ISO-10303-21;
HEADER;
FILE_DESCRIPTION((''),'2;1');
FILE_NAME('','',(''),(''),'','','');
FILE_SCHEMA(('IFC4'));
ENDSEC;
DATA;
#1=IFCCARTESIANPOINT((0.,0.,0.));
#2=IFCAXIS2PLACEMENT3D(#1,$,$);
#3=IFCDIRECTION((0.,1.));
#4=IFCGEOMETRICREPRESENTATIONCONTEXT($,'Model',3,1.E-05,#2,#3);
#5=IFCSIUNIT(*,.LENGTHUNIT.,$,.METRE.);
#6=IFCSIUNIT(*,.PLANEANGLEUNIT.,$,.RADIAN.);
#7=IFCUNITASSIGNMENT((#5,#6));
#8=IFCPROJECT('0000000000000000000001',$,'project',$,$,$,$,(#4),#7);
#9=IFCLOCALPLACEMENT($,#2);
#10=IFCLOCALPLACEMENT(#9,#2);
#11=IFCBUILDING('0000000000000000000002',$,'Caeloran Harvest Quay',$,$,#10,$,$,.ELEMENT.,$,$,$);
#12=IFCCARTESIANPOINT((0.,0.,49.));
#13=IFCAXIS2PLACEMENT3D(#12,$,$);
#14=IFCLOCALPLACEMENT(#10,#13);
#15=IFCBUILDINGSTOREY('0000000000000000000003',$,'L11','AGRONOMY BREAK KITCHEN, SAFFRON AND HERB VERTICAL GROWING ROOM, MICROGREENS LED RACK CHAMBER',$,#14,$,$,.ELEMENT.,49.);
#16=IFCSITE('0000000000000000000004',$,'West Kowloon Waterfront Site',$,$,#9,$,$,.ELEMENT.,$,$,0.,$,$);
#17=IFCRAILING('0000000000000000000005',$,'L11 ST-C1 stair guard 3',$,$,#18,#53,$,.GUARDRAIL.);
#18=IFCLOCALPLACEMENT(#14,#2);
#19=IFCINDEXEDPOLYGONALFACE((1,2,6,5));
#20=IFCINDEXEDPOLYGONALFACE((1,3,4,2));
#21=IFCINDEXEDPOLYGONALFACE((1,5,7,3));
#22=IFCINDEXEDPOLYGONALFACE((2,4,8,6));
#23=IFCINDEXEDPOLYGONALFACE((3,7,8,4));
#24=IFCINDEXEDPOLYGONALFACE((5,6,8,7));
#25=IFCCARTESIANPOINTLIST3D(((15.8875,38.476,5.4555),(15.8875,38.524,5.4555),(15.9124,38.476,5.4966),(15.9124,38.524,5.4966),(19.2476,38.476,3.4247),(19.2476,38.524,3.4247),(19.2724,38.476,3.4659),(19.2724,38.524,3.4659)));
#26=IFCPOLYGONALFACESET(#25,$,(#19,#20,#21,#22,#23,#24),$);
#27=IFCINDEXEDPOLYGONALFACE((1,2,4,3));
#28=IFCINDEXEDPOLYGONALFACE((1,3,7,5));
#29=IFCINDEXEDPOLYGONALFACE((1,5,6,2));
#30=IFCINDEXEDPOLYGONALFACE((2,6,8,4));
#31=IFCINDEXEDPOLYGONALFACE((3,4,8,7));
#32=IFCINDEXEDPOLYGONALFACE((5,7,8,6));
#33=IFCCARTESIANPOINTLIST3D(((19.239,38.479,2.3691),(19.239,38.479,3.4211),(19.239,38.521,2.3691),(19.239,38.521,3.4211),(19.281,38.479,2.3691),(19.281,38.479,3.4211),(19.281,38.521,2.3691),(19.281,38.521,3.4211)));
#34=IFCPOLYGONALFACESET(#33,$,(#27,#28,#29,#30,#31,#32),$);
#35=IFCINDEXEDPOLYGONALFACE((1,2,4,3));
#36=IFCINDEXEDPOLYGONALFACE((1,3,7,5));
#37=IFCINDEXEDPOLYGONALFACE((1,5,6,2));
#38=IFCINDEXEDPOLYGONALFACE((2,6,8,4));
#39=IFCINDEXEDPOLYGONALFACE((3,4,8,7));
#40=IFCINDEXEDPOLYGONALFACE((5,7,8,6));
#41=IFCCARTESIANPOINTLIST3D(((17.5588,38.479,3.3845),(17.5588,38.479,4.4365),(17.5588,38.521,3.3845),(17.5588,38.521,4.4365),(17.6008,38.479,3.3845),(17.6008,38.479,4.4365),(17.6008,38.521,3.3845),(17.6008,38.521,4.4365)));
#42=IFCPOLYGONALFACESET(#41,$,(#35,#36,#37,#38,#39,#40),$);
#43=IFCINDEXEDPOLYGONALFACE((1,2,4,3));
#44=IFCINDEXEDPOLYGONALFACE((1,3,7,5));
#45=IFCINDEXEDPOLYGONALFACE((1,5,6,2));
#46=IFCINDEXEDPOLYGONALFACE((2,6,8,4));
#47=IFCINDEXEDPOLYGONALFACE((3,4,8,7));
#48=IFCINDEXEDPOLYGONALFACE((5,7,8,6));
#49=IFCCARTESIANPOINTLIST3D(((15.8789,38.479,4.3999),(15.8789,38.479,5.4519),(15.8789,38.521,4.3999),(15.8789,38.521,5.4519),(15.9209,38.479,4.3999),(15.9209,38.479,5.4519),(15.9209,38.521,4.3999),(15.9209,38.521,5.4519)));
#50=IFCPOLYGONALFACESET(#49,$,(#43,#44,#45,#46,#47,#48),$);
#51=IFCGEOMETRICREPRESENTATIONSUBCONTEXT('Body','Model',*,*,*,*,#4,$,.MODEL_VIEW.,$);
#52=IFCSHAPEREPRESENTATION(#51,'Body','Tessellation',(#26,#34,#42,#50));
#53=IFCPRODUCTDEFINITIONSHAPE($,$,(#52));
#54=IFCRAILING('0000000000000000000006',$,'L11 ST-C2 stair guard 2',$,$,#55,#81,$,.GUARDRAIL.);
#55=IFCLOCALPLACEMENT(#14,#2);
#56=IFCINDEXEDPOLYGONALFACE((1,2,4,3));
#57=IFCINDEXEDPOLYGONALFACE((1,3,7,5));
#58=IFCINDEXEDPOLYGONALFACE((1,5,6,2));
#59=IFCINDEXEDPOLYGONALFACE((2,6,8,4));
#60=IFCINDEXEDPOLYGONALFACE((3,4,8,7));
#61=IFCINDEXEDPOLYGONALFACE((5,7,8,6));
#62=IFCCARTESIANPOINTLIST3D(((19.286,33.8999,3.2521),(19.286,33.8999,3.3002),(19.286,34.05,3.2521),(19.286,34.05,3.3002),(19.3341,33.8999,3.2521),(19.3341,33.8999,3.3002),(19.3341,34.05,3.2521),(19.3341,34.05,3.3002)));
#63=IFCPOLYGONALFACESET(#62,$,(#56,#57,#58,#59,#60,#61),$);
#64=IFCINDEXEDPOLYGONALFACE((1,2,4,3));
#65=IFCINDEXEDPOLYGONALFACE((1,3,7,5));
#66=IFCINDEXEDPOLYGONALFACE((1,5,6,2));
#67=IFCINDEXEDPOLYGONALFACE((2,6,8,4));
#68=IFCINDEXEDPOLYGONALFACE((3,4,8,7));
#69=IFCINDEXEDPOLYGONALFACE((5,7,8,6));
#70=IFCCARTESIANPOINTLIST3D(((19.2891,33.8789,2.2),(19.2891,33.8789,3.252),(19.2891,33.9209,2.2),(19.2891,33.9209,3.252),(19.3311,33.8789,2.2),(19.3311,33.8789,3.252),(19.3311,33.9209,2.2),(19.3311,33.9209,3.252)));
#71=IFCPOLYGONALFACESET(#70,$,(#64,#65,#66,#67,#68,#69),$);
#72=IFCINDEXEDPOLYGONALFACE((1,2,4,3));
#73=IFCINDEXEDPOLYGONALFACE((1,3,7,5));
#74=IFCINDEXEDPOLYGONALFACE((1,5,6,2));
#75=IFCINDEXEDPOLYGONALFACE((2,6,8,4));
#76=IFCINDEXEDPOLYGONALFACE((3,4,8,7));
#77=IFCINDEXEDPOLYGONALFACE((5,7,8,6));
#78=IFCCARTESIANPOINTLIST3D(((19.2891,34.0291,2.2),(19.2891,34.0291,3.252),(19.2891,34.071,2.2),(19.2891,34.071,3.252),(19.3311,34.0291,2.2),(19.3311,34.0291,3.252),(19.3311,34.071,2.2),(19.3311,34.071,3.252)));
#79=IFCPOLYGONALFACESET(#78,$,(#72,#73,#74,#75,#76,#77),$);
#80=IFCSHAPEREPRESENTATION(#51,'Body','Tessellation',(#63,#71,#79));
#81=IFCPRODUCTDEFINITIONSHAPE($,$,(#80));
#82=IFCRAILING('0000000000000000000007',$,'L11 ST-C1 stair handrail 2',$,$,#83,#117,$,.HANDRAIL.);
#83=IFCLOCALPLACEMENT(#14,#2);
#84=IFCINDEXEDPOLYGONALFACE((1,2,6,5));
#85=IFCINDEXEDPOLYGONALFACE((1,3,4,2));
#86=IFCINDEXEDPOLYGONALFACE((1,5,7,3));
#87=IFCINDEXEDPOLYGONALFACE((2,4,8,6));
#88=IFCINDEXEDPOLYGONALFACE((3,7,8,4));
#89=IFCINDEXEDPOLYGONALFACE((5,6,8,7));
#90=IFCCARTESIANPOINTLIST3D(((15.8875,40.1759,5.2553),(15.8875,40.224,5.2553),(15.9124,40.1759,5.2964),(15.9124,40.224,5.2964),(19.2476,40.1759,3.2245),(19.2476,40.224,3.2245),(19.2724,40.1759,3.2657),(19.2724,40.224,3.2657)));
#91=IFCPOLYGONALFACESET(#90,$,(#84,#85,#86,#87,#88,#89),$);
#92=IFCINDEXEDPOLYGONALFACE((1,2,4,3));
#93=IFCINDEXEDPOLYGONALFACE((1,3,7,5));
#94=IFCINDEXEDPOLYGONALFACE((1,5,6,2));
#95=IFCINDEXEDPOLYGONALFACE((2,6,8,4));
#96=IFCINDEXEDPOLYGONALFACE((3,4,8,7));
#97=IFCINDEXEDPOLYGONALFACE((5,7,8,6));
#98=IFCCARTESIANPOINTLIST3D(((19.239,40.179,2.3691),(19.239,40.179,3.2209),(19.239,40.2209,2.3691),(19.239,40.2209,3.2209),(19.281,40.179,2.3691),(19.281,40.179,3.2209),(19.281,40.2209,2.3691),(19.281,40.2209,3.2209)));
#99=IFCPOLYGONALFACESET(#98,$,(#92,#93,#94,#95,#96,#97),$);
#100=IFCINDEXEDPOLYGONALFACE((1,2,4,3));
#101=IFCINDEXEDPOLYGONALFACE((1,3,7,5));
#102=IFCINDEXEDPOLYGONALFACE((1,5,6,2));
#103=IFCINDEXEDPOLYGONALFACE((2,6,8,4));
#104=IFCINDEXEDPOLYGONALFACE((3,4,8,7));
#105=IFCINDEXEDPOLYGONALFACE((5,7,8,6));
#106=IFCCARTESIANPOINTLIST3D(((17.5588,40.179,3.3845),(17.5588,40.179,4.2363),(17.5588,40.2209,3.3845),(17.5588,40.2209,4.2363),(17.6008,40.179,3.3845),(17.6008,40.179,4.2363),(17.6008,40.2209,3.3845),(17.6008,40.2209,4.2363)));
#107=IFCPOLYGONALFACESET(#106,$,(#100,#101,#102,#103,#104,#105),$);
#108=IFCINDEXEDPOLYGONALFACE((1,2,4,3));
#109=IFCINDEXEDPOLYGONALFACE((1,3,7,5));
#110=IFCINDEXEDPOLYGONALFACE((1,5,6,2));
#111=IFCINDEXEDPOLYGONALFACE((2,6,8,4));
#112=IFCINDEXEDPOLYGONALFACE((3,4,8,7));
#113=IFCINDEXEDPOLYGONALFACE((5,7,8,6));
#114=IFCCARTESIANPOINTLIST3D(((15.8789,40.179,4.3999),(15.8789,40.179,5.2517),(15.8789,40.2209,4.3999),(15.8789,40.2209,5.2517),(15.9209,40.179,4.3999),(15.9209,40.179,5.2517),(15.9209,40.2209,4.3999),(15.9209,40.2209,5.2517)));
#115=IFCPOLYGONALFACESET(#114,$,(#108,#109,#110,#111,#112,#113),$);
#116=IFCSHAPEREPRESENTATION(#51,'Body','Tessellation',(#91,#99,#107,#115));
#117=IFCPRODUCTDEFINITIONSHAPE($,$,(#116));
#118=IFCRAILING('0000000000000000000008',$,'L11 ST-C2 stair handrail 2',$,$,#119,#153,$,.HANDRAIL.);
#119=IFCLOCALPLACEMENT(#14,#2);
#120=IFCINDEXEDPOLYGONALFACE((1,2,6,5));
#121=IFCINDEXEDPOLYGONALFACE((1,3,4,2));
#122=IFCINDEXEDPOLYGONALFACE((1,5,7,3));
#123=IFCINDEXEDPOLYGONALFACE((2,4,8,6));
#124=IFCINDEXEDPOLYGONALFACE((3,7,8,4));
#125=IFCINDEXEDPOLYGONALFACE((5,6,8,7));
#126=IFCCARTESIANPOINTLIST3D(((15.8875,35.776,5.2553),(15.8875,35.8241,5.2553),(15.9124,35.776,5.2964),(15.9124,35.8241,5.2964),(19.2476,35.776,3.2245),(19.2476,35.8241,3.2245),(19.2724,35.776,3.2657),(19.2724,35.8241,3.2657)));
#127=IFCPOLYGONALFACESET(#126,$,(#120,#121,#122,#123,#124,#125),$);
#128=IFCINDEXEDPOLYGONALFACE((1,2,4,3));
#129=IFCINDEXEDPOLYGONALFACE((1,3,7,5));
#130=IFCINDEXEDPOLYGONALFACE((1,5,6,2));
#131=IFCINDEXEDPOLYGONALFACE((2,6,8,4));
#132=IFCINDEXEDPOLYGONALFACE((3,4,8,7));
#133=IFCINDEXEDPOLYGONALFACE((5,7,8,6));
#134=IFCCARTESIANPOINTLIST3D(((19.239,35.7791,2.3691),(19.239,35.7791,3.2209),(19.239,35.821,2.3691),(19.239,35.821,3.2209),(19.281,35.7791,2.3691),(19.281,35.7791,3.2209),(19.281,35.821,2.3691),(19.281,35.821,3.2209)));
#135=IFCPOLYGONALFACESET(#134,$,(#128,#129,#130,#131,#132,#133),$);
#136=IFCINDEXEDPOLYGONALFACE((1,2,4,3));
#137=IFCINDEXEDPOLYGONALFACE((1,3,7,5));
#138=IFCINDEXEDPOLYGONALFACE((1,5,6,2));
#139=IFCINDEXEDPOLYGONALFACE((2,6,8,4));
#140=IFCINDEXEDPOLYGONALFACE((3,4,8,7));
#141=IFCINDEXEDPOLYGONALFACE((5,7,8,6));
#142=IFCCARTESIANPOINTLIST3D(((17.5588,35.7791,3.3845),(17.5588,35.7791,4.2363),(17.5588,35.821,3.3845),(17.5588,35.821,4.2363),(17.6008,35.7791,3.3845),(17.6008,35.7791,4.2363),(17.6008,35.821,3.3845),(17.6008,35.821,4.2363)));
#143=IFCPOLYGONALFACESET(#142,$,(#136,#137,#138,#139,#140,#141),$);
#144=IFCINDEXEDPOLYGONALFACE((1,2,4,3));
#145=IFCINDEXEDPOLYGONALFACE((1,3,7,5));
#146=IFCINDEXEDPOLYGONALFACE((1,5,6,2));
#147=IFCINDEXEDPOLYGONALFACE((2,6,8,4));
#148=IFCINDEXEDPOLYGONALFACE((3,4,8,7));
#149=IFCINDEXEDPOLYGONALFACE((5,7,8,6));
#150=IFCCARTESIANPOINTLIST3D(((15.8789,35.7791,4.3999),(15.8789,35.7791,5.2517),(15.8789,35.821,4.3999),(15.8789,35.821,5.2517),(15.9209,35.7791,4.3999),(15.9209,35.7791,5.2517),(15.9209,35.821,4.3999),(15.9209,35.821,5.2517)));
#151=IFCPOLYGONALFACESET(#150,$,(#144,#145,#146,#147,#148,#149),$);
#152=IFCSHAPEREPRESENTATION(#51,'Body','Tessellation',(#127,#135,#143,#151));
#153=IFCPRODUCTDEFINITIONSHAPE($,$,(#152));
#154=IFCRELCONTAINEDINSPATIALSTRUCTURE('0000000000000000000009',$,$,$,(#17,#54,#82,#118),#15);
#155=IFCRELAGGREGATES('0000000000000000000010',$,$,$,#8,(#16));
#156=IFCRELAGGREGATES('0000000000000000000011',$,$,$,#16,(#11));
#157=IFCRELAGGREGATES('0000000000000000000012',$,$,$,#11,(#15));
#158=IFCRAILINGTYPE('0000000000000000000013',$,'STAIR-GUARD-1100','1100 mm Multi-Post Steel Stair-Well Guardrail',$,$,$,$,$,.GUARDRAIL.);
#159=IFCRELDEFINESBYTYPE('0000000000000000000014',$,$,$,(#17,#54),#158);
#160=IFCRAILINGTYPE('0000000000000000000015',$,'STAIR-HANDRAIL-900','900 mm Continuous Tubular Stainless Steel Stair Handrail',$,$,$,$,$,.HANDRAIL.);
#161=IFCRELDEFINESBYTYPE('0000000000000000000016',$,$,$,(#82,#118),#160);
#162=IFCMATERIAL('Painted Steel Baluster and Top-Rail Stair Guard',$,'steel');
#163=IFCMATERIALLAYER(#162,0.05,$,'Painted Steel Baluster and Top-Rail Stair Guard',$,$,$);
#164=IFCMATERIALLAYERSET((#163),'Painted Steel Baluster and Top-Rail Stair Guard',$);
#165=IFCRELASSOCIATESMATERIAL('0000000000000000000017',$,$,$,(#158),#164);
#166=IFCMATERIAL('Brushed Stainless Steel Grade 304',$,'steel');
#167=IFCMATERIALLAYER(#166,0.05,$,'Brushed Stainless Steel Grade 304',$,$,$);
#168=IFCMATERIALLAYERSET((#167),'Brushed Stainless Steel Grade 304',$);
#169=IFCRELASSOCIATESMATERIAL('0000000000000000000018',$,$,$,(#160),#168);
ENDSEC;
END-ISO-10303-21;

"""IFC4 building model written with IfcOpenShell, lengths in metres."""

from ifc_helpers import new_model, si_unit, direction, frame, origin, origin_2d, place, context, subcontext, project, spatial, rectangle, extrude, material, layer, layer_set, type_object, element, save


model = new_model("IFC4")

# Units and contexts
model_context = context("Model", 3, precision=1e-05, world=origin(), true_north=direction((0.0, 1.0)))
body_context = subcontext(model_context, "Body", "Model", "MODEL_VIEW")
ifc_project = project(units=[si_unit("LENGTHUNIT", "METRE"), si_unit("PLANEANGLEUNIT", "RADIAN")], contexts=[model_context])

# Site, building, storey
site_placement = place(None, origin())
site = spatial("IfcSite", under=ifc_project, at=site_placement, Name="West Kowloon Waterfront Site", CompositionType="ELEMENT", RefElevation=0.0)
building_placement = place(site_placement, origin())
building = spatial("IfcBuilding", under=site, at=building_placement, Name="Caeloran Harvest Quay", CompositionType="ELEMENT")
storey_placement = place(building_placement, frame((0.0, 0.0, 49.0)))
storey = spatial("IfcBuildingStorey", under=building, at=storey_placement, Name="L11", Description="AGRONOMY BREAK KITCHEN, SAFFRON AND HERB VERTICAL GROWING ROOM, MICROGREENS LED RACK CHAMBER", CompositionType="ELEMENT", Elevation=49.0)

# Railings
ifc_material_1 = material(Name="Painted Steel Baluster and Top-Rail Stair Guard", Category="steel")
ifc_layer_1 = layer(ifc_material_1, 0.05, Name="Painted Steel Baluster and Top-Rail Stair Guard")
ifc_layer_set_1 = layer_set([ifc_layer_1], Name="Painted Steel Baluster and Top-Rail Stair Guard")
railing_type_1 = type_object("IfcRailingType", Name="STAIR-GUARD-1100", Description="1100 mm Multi-Post Steel Stair-Well Guardrail", PredefinedType="GUARDRAIL", material=ifc_layer_set_1)
railing_1_placement = place(storey_placement, frame((19.26, 38.5, 2.3691)))
element("IfcRailing", 1, at=railing_1_placement, inside=storey, type_object=railing_type_1, Name="L11 ST-C1 stair guard 3", PredefinedType="GUARDRAIL", context=body_context, shape_type="SweptSolid", body=[
    extrude(rectangle(XDim=0.0481, YDim=0.0481, at=origin_2d()), frame((0.0, 0.0, 1.0762), z_axis=(-0.855837, 0.0, 0.517246), x_axis=(0.0, -1.0, 0.0)), (0.0, 0.0, 1.0), 3.926),
    extrude(rectangle(XDim=0.042, YDim=0.042, at=origin_2d()), origin(), (0.0, 0.0, 1.0), 1.052),
    extrude(rectangle(XDim=0.042, YDim=0.042, at=origin_2d()), frame((-1.6802, 0.0, 1.0154)), (0.0, 0.0, 1.0), 1.052),
    extrude(rectangle(XDim=0.042, YDim=0.042, at=origin_2d()), frame((-3.3601, 0.0, 2.0308)), (0.0, 0.0, 1.0), 1.052),
])
railing_2_placement = place(storey_placement, frame((19.3101, 33.8999, 2.2)))
element("IfcRailing", 2, at=railing_2_placement, inside=storey, type_object=railing_type_1, Name="L11 ST-C2 stair guard 2", PredefinedType="GUARDRAIL", context=body_context, shape_type="SweptSolid", body=[
    extrude(rectangle(XDim=0.0481, YDim=0.0481, at=origin_2d()), frame((0.0, 0.0, 1.0762), z_axis=(0.0, 1.0, 0.0), x_axis=(-1.0, 0.0, 0.0)), (0.0, 0.0, 1.0), 0.1501),
    extrude(rectangle(XDim=0.042, YDim=0.042, at=origin_2d()), origin(), (0.0, 0.0, 1.0), 1.052),
    extrude(rectangle(XDim=0.042, YDim=0.042, at=origin_2d()), frame((0.0, 0.1501, 0.0)), (0.0, 0.0, 1.0), 1.052),
])
ifc_material_2 = material(Name="Brushed Stainless Steel Grade 304", Category="steel")
ifc_layer_2 = layer(ifc_material_2, 0.05, Name="Brushed Stainless Steel Grade 304")
ifc_layer_set_2 = layer_set([ifc_layer_2], Name="Brushed Stainless Steel Grade 304")
railing_type_2 = type_object("IfcRailingType", Name="STAIR-HANDRAIL-900", Description="900 mm Continuous Tubular Stainless Steel Stair Handrail", PredefinedType="HANDRAIL", material=ifc_layer_set_2)
for number, where, name in (
    (3, (19.26, 40.2, 2.3691), "L11 ST-C1 stair handrail 2"),
    (4, (19.26, 35.8, 2.3691), "L11 ST-C2 stair handrail 2"),
):
    element("IfcRailing", number, at=place(storey_placement, frame(where)), inside=storey, type_object=railing_type_2, Name=name, PredefinedType="HANDRAIL", context=body_context, shape_type="SweptSolid", body=[
        extrude(rectangle(XDim=0.0481, YDim=0.0481, at=origin_2d()), frame((0.0, 0.0, 0.876), z_axis=(-0.855837, 0.0, 0.517246), x_axis=(0.0, -1.0, 0.0)), (0.0, 0.0, 1.0), 3.926),
        extrude(rectangle(XDim=0.042, YDim=0.042, at=origin_2d()), origin(), (0.0, 0.0, 1.0), 0.8518),
        extrude(rectangle(XDim=0.042, YDim=0.042, at=origin_2d()), frame((-1.6802, 0.0, 1.0154)), (0.0, 0.0, 1.0), 0.8518),
        extrude(rectangle(XDim=0.042, YDim=0.042, at=origin_2d()), frame((-3.3601, 0.0, 2.0308)), (0.0, 0.0, 1.0), 0.8518),
    ])

save(model, "model.ifc")
